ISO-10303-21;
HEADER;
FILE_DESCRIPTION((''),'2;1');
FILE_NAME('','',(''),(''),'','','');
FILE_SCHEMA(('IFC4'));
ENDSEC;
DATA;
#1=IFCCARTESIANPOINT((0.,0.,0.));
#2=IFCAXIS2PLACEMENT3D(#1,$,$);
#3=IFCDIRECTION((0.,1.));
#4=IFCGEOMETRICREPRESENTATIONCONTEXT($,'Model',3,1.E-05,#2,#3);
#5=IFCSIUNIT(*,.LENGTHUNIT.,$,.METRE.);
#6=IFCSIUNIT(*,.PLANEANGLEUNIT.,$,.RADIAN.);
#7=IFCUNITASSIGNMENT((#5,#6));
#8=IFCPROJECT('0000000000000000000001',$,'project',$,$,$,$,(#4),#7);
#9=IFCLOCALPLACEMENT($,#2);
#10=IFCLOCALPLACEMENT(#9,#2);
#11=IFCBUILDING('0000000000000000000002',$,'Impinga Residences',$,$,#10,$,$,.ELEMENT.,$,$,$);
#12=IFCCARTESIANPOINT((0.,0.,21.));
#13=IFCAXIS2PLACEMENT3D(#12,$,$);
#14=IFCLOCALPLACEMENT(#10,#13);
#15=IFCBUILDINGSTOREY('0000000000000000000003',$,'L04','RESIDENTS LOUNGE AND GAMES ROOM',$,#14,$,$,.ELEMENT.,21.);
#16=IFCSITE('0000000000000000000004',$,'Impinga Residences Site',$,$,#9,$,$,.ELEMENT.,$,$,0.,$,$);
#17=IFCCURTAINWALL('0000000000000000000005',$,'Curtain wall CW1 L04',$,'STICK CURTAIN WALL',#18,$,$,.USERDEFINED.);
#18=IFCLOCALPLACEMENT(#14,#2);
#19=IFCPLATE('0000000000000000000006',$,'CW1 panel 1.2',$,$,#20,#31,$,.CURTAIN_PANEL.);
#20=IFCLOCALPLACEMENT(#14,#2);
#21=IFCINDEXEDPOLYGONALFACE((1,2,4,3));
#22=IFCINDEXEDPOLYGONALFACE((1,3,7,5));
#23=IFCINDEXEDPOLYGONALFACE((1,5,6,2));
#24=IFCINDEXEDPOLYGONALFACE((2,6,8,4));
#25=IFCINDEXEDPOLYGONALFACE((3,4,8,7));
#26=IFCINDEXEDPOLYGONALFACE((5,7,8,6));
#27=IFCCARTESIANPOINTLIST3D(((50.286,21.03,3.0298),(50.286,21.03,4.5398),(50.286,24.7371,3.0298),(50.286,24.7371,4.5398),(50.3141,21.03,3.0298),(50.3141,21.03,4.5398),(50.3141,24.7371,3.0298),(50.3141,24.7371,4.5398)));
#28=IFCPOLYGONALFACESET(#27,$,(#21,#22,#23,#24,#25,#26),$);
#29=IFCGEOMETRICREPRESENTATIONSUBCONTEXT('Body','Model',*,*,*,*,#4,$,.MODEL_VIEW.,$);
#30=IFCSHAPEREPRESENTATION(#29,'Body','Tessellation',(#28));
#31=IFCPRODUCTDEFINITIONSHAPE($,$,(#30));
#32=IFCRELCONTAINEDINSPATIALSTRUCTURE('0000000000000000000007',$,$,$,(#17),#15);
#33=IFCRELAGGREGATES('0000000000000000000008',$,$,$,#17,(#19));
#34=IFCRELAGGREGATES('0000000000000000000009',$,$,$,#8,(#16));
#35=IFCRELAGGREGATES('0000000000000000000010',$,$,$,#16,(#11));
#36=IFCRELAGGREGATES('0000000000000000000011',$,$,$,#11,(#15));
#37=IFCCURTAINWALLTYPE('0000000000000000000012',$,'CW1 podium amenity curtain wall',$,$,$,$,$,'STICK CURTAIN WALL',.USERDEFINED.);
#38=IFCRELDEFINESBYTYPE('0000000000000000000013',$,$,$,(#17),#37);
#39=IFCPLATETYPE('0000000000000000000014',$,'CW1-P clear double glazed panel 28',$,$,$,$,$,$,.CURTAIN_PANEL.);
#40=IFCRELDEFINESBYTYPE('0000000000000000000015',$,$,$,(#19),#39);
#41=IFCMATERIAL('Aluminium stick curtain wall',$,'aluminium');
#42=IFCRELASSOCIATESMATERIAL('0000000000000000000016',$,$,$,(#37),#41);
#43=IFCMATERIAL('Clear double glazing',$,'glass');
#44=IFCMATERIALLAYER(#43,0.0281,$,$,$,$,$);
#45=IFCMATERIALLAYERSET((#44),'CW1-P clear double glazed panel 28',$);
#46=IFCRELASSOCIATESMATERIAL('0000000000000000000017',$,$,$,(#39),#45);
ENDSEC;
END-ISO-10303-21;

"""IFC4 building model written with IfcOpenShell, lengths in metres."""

from ifc_helpers import new_model, si_unit, direction, frame, origin, origin_2d, place, context, subcontext, project, spatial, rectangle, extrude, material, layer, layer_set, type_object, element, aggregate, save


model = new_model("IFC4")

# Units and contexts
model_context = context("Model", 3, precision=1e-05, world=origin(), true_north=direction((0.0, 1.0)))
body_context = subcontext(model_context, "Body", "Model", "MODEL_VIEW")
ifc_project = project(units=[si_unit("LENGTHUNIT", "METRE"), si_unit("PLANEANGLEUNIT", "RADIAN")], contexts=[model_context])

# Site, building, storey
site_placement = place(None, origin())
site = spatial("IfcSite", under=ifc_project, at=site_placement, Name="Impinga Residences Site", CompositionType="ELEMENT", RefElevation=0.0)
building_placement = place(site_placement, origin())
building = spatial("IfcBuilding", under=site, at=building_placement, Name="Impinga Residences", CompositionType="ELEMENT")
storey_placement = place(building_placement, frame((0.0, 0.0, 21.0)))
storey = spatial("IfcBuildingStorey", under=building, at=storey_placement, Name="L04", Description="RESIDENTS LOUNGE AND GAMES ROOM", CompositionType="ELEMENT", Elevation=21.0)

# Shared definitions
ifc_material_1 = material(Name="Aluminium stick curtain wall", Category="aluminium")
curtain_wall_type = type_object("IfcCurtainWallType", Name="CW1 podium amenity curtain wall", ElementType="STICK CURTAIN WALL", PredefinedType="USERDEFINED", material=ifc_material_1)

# Curtain wall
curtain_wall_1_placement = place(storey_placement, origin())
curtain_wall_1 = element("IfcCurtainWall", 1, at=curtain_wall_1_placement, inside=storey, type_object=curtain_wall_type, Name="Curtain wall CW1 L04", ObjectType="STICK CURTAIN WALL", PredefinedType="USERDEFINED")

# Plate
ifc_material_2 = material(Name="Clear double glazing", Category="glass")
ifc_layer = layer(ifc_material_2, 0.0281)
ifc_layer_set = layer_set([ifc_layer], Name="CW1-P clear double glazed panel 28")
plate_type = type_object("IfcPlateType", Name="CW1-P clear double glazed panel 28", PredefinedType="CURTAIN_PANEL", material=ifc_layer_set)
plate_1_placement = place(storey_placement, frame((50.3, 22.8835, 3.0298), z_axis=(0.0, 0.0, 1.0), x_axis=(0.0, -1.0, 0.0)))
plate_1 = element("IfcPlate", 2, at=plate_1_placement, type_object=plate_type, Name="CW1 panel 1.2", PredefinedType="CURTAIN_PANEL", context=body_context, shape_type="SweptSolid", body=[
    extrude(rectangle(XDim=3.707, YDim=0.0281, at=origin_2d()), origin(), (0.0, 0.0, 1.0), 1.51),
])
aggregate(curtain_wall_1, [plate_1])

save(model, "model.ifc")
